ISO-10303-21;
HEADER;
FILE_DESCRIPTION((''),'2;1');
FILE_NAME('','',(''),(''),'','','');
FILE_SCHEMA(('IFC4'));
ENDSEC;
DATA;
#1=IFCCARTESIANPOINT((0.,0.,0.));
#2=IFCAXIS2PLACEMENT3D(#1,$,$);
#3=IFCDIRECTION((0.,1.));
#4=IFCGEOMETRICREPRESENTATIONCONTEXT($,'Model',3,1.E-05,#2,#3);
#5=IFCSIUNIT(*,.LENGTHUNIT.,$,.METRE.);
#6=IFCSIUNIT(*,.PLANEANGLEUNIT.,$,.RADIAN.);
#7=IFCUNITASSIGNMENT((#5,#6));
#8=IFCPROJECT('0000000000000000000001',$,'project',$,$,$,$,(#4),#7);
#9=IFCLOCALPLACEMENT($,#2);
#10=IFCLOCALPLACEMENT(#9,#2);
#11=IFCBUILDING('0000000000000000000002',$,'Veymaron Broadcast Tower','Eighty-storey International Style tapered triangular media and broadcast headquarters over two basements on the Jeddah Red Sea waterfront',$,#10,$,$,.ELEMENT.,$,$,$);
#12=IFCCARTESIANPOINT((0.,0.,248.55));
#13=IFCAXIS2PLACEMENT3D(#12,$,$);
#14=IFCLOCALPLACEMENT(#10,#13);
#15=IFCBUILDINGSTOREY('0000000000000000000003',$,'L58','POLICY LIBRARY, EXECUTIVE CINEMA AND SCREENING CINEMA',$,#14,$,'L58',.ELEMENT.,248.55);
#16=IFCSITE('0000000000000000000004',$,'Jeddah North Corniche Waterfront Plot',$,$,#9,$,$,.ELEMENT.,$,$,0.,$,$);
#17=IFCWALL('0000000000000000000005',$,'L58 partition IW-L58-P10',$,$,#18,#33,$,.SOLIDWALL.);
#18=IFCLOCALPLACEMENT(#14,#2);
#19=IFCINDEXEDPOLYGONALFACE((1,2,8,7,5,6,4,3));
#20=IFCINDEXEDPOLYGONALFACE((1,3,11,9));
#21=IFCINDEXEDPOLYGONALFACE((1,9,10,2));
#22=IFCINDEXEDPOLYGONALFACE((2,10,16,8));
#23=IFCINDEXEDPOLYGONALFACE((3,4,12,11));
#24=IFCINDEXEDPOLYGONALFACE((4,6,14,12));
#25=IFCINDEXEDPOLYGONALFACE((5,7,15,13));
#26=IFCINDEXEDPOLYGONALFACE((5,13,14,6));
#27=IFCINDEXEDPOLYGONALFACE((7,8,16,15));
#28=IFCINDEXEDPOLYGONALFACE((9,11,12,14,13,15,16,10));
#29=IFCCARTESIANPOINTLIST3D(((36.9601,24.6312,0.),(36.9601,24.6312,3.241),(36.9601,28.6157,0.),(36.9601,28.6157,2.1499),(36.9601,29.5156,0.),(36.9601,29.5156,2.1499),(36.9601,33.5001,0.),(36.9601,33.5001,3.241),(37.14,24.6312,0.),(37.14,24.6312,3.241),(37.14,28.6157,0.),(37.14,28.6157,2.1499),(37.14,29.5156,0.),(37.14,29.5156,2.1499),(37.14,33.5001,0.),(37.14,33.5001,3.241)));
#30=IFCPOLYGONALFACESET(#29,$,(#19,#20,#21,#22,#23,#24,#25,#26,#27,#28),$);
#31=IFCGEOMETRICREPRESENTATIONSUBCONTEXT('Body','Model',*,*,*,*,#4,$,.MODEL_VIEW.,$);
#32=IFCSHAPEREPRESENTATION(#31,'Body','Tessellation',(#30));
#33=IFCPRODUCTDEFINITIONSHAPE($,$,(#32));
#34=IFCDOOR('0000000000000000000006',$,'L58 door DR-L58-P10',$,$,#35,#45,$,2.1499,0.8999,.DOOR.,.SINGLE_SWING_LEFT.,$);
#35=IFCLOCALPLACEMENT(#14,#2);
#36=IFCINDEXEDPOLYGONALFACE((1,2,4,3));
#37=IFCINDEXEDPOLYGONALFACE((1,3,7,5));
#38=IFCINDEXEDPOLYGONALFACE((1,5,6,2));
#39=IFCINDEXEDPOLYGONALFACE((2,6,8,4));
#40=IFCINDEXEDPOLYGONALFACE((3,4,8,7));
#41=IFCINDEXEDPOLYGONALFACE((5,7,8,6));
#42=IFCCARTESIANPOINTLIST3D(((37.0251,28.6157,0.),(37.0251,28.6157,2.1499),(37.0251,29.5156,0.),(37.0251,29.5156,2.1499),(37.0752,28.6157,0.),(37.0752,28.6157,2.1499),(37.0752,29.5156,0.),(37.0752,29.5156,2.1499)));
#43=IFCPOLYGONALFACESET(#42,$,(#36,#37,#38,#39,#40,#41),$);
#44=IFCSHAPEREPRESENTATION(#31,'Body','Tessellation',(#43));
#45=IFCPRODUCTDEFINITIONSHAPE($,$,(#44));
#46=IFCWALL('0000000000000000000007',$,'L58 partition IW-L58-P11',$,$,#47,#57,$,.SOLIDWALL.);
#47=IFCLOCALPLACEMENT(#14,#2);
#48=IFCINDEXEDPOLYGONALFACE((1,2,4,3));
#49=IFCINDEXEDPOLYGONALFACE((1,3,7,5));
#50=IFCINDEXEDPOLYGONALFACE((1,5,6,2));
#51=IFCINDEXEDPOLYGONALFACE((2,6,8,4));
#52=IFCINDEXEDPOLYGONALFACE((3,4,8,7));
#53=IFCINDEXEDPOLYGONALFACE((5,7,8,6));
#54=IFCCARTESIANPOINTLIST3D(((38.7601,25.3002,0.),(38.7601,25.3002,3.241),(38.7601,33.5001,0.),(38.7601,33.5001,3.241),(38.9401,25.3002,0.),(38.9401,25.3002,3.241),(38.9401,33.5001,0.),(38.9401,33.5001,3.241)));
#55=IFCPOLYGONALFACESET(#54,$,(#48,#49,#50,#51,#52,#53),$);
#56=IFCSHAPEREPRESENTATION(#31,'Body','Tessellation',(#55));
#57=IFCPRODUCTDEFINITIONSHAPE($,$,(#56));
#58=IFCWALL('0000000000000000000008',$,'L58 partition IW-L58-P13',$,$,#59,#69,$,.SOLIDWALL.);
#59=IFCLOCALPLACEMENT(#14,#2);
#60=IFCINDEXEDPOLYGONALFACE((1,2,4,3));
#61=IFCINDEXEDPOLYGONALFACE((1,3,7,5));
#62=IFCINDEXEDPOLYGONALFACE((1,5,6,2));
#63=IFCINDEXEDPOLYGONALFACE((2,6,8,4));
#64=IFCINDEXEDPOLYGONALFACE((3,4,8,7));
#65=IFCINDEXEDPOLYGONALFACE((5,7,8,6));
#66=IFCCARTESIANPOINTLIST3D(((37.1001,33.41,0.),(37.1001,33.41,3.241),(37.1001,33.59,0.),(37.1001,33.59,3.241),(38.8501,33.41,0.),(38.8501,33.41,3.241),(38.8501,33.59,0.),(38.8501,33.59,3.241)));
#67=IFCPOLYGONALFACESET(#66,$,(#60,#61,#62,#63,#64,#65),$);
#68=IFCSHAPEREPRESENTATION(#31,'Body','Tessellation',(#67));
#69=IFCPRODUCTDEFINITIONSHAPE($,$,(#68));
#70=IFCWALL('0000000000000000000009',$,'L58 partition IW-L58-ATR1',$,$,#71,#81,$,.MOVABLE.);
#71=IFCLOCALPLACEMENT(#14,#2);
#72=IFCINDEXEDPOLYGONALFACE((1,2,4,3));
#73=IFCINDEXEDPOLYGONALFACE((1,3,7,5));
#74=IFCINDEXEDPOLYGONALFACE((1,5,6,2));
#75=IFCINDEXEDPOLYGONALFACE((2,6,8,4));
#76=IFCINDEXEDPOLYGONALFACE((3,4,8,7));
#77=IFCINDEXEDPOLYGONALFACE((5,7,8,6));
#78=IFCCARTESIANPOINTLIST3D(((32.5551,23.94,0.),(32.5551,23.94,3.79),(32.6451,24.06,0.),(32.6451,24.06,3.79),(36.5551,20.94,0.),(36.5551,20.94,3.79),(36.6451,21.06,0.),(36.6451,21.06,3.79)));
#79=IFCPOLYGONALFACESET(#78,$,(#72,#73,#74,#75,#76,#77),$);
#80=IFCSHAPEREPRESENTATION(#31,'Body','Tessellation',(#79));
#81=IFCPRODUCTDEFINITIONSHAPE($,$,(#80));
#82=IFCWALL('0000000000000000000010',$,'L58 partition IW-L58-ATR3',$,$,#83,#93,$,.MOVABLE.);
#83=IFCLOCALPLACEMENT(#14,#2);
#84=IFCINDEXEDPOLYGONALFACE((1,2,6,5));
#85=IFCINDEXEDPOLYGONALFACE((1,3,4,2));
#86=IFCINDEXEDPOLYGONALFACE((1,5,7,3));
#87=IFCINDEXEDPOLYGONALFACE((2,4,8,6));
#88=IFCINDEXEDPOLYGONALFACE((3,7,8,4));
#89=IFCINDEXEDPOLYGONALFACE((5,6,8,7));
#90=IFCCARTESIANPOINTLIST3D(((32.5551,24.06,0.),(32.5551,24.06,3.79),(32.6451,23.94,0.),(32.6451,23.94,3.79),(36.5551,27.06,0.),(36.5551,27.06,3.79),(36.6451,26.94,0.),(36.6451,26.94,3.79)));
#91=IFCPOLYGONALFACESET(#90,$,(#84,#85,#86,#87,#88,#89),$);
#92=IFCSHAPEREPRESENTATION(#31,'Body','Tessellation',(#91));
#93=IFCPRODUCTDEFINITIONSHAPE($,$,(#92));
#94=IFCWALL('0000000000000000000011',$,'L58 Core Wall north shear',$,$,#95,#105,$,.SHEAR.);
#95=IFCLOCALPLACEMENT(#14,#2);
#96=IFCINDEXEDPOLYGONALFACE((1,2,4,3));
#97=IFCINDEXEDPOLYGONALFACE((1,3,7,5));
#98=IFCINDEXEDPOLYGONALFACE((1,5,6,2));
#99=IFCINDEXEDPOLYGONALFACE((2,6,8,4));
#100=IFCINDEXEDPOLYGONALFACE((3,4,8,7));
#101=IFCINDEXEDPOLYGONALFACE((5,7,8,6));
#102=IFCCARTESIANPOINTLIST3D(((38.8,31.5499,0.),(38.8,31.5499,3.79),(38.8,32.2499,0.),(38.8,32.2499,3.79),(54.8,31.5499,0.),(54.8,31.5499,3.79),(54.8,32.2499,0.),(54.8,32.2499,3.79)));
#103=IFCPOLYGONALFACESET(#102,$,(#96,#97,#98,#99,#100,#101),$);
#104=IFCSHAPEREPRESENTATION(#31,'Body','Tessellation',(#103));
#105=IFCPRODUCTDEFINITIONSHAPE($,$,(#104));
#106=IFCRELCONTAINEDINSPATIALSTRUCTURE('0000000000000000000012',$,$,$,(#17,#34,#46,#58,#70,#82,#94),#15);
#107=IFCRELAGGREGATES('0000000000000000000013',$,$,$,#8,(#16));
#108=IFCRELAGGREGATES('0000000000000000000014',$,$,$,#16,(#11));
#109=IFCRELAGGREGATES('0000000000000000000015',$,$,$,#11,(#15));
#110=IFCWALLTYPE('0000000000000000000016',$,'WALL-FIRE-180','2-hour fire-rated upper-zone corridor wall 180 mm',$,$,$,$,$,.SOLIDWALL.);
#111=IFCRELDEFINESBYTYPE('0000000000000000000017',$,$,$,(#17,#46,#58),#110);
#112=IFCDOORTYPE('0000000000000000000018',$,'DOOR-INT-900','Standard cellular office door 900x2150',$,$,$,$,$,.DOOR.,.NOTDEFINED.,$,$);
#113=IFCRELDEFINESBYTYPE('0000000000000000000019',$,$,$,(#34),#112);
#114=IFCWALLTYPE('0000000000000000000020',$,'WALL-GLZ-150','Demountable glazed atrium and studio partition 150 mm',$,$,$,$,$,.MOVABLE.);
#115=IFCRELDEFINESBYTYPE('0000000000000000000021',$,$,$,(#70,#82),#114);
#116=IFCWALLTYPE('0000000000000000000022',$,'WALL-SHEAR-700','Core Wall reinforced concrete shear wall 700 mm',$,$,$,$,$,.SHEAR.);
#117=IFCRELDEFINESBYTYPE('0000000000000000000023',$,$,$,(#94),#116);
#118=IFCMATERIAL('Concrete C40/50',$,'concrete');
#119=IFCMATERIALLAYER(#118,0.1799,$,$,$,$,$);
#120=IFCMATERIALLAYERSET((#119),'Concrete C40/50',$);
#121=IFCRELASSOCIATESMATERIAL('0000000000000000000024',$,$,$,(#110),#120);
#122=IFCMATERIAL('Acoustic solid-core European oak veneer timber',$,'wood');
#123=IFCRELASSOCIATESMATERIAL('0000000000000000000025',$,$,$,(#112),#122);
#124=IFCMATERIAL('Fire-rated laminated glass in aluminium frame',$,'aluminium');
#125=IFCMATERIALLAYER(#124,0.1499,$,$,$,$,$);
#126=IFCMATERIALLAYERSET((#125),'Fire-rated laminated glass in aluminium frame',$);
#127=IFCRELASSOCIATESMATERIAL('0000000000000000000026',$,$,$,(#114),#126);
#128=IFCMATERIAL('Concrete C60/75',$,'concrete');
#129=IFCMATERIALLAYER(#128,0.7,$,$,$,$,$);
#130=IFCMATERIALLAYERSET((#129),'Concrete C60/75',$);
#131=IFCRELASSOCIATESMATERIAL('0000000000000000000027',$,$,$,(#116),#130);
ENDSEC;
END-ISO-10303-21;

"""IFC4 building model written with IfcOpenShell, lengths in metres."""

from ifc_helpers import new_model, si_unit, direction, frame, frame_2d, origin, place, context, subcontext, project, spatial, rectangle, extrude, material, layer, layer_set, type_object, element, fill, save


model = new_model("IFC4")

# Units and contexts
model_context = context("Model", 3, precision=1e-05, world=origin(), true_north=direction((0.0, 1.0)))
body_context = subcontext(model_context, "Body", "Model", "MODEL_VIEW")
ifc_project = project(units=[si_unit("LENGTHUNIT", "METRE"), si_unit("PLANEANGLEUNIT", "RADIAN")], contexts=[model_context])

# Site, building, storey
site_placement = place(None, origin())
site = spatial("IfcSite", under=ifc_project, at=site_placement, Name="Jeddah North Corniche Waterfront Plot", CompositionType="ELEMENT", RefElevation=0.0)
building_placement = place(site_placement, origin())
building = spatial("IfcBuilding", under=site, at=building_placement, Name="Veymaron Broadcast Tower", Description="Eighty-storey International Style tapered triangular media and broadcast headquarters over two basements on the Jeddah Red Sea waterfront", CompositionType="ELEMENT")
storey_placement = place(building_placement, frame((0.0, 0.0, 248.55)))
storey = spatial("IfcBuildingStorey", under=building, at=storey_placement, Name="L58", Description="POLICY LIBRARY, EXECUTIVE CINEMA AND SCREENING CINEMA", LongName="L58", CompositionType="ELEMENT", Elevation=248.55)

# Wall, opening, door
ifc_material_1 = material(Name="Concrete C40/50", Category="concrete")
ifc_layer_1 = layer(ifc_material_1, 0.1799)
ifc_layer_set_1 = layer_set([ifc_layer_1], Name="Concrete C40/50")
wall_type_1 = type_object("IfcWallType", Name="WALL-FIRE-180", Description="2-hour fire-rated upper-zone corridor wall 180 mm", PredefinedType="SOLIDWALL", material=ifc_layer_set_1)
wall_1_placement = place(storey_placement, frame((37.05, 24.6311, 0.0), z_axis=(0.0, 0.0, 1.0), x_axis=(0.0, 1.0, 0.0)))
wall_1 = element("IfcWall", 1, at=wall_1_placement, inside=storey, type_object=wall_type_1, Name="L58 partition IW-L58-P10", PredefinedType="SOLIDWALL", context=body_context, shape_type="SweptSolid", body=[
    extrude(rectangle(XDim=8.8689, YDim=0.1799, at=frame_2d((4.4346, 0.0))), origin(), (0.0, 0.0, 1.0), 3.241),
])
opening_placement = place(wall_1_placement, frame((3.9846, 0.0, 0.0)))
opening = element("IfcOpeningElement", 2, at=opening_placement, cuts=wall_1, PredefinedType="OPENING", context=body_context, shape_type="SweptSolid", body=[
    extrude(rectangle(XDim=0.8999, YDim=2.1499, at=frame_2d((0.45, 1.075))), frame((0.0, 0.1001, 0.0), z_axis=(0.0, -1.0, 0.0), x_axis=(1.0, 0.0, 0.0)), (0.0, 0.0, 1.0), 0.2),
])
ifc_material_2 = material(Name="Acoustic solid-core European oak veneer timber", Category="wood")
door_type = type_object("IfcDoorType", Name="DOOR-INT-900", Description="Standard cellular office door 900x2150", OperationType="NOTDEFINED", PredefinedType="DOOR", material=ifc_material_2)
door_placement = place(opening_placement, origin())
door = element("IfcDoor", 3, at=door_placement, inside=storey, type_object=door_type, Name="L58 door DR-L58-P10", OperationType="SINGLE_SWING_LEFT", OverallHeight=2.1499, OverallWidth=0.8999, PredefinedType="DOOR", context=body_context, shape_type="SweptSolid", body=[
    extrude(rectangle(XDim=0.8999, YDim=2.1499, at=frame_2d((0.45, 1.075))), frame((0.0, 0.0249, 0.0), z_axis=(0.0, -1.0, 0.0), x_axis=(1.0, 0.0, 0.0)), (0.0, 0.0, 1.0), 0.05),
])
fill(opening, door)

# Walls
wall_2_placement = place(storey_placement, frame((38.8501, 25.3, 0.0), z_axis=(0.0, 0.0, 1.0), x_axis=(0.0, 1.0, 0.0)))
element("IfcWall", 4, at=wall_2_placement, inside=storey, type_object=wall_type_1, Name="L58 partition IW-L58-P11", PredefinedType="SOLIDWALL", context=body_context, shape_type="SweptSolid", body=[
    extrude(rectangle(XDim=8.2, YDim=0.1799, at=frame_2d((4.1001, 0.0))), origin(), (0.0, 0.0, 1.0), 3.241),
])
wall_3_placement = place(storey_placement, frame((37.1001, 33.5, 0.0), z_axis=(0.0, 0.0, 1.0), x_axis=(1.0, 0.0, 0.0)))
element("IfcWall", 5, at=wall_3_placement, inside=storey, type_object=wall_type_1, Name="L58 partition IW-L58-P13", PredefinedType="SOLIDWALL", context=body_context, shape_type="SweptSolid", body=[
    extrude(rectangle(XDim=1.75, YDim=0.1799, at=frame_2d((0.875, 0.0))), origin(), (0.0, 0.0, 1.0), 3.241),
])
ifc_material_3 = material(Name="Fire-rated laminated glass in aluminium frame", Category="aluminium")
ifc_layer_2 = layer(ifc_material_3, 0.1499)
ifc_layer_set_2 = layer_set([ifc_layer_2], Name="Fire-rated laminated glass in aluminium frame")
wall_type_2 = type_object("IfcWallType", Name="WALL-GLZ-150", Description="Demountable glazed atrium and studio partition 150 mm", PredefinedType="MOVABLE", material=ifc_layer_set_2)
for number, where, z_axis, x_axis, name in (
    (6, (32.6001, 24.0, 0.0), (0.0, 0.0, 1.0), (0.8, -0.6, 0.0), "L58 partition IW-L58-ATR1"),
    (7, (36.6001, 27.0, 0.0), (0.0, 0.0, 1.0), (-0.8, -0.6, 0.0), "L58 partition IW-L58-ATR3"),
):
    element("IfcWall", number, at=place(storey_placement, frame(where, z_axis=z_axis, x_axis=x_axis)), inside=storey, type_object=wall_type_2, Name=name, PredefinedType="MOVABLE", context=body_context, shape_type="SweptSolid", body=[
        extrude(rectangle(XDim=5.0, YDim=0.1499, at=frame_2d((2.5, 0.0))), origin(), (0.0, 0.0, 1.0), 3.79),
    ])
ifc_material_4 = material(Name="Concrete C60/75", Category="concrete")
ifc_layer_3 = layer(ifc_material_4, 0.7)
ifc_layer_set_3 = layer_set([ifc_layer_3], Name="Concrete C60/75")
wall_type_3 = type_object("IfcWallType", Name="WALL-SHEAR-700", Description="Core Wall reinforced concrete shear wall 700 mm", PredefinedType="SHEAR", material=ifc_layer_set_3)
wall_4_placement = place(storey_placement, frame((38.8, 31.8999, 0.0), z_axis=(0.0, 0.0, 1.0), x_axis=(1.0, 0.0, 0.0)))
element("IfcWall", 8, at=wall_4_placement, inside=storey, type_object=wall_type_3, Name="L58 Core Wall north shear", PredefinedType="SHEAR", context=body_context, shape_type="SweptSolid", body=[
    extrude(rectangle(XDim=16.0, YDim=0.7, at=frame_2d((8.0, 0.0))), origin(), (0.0, 0.0, 1.0), 3.79),
])

save(model, "model.ifc")
